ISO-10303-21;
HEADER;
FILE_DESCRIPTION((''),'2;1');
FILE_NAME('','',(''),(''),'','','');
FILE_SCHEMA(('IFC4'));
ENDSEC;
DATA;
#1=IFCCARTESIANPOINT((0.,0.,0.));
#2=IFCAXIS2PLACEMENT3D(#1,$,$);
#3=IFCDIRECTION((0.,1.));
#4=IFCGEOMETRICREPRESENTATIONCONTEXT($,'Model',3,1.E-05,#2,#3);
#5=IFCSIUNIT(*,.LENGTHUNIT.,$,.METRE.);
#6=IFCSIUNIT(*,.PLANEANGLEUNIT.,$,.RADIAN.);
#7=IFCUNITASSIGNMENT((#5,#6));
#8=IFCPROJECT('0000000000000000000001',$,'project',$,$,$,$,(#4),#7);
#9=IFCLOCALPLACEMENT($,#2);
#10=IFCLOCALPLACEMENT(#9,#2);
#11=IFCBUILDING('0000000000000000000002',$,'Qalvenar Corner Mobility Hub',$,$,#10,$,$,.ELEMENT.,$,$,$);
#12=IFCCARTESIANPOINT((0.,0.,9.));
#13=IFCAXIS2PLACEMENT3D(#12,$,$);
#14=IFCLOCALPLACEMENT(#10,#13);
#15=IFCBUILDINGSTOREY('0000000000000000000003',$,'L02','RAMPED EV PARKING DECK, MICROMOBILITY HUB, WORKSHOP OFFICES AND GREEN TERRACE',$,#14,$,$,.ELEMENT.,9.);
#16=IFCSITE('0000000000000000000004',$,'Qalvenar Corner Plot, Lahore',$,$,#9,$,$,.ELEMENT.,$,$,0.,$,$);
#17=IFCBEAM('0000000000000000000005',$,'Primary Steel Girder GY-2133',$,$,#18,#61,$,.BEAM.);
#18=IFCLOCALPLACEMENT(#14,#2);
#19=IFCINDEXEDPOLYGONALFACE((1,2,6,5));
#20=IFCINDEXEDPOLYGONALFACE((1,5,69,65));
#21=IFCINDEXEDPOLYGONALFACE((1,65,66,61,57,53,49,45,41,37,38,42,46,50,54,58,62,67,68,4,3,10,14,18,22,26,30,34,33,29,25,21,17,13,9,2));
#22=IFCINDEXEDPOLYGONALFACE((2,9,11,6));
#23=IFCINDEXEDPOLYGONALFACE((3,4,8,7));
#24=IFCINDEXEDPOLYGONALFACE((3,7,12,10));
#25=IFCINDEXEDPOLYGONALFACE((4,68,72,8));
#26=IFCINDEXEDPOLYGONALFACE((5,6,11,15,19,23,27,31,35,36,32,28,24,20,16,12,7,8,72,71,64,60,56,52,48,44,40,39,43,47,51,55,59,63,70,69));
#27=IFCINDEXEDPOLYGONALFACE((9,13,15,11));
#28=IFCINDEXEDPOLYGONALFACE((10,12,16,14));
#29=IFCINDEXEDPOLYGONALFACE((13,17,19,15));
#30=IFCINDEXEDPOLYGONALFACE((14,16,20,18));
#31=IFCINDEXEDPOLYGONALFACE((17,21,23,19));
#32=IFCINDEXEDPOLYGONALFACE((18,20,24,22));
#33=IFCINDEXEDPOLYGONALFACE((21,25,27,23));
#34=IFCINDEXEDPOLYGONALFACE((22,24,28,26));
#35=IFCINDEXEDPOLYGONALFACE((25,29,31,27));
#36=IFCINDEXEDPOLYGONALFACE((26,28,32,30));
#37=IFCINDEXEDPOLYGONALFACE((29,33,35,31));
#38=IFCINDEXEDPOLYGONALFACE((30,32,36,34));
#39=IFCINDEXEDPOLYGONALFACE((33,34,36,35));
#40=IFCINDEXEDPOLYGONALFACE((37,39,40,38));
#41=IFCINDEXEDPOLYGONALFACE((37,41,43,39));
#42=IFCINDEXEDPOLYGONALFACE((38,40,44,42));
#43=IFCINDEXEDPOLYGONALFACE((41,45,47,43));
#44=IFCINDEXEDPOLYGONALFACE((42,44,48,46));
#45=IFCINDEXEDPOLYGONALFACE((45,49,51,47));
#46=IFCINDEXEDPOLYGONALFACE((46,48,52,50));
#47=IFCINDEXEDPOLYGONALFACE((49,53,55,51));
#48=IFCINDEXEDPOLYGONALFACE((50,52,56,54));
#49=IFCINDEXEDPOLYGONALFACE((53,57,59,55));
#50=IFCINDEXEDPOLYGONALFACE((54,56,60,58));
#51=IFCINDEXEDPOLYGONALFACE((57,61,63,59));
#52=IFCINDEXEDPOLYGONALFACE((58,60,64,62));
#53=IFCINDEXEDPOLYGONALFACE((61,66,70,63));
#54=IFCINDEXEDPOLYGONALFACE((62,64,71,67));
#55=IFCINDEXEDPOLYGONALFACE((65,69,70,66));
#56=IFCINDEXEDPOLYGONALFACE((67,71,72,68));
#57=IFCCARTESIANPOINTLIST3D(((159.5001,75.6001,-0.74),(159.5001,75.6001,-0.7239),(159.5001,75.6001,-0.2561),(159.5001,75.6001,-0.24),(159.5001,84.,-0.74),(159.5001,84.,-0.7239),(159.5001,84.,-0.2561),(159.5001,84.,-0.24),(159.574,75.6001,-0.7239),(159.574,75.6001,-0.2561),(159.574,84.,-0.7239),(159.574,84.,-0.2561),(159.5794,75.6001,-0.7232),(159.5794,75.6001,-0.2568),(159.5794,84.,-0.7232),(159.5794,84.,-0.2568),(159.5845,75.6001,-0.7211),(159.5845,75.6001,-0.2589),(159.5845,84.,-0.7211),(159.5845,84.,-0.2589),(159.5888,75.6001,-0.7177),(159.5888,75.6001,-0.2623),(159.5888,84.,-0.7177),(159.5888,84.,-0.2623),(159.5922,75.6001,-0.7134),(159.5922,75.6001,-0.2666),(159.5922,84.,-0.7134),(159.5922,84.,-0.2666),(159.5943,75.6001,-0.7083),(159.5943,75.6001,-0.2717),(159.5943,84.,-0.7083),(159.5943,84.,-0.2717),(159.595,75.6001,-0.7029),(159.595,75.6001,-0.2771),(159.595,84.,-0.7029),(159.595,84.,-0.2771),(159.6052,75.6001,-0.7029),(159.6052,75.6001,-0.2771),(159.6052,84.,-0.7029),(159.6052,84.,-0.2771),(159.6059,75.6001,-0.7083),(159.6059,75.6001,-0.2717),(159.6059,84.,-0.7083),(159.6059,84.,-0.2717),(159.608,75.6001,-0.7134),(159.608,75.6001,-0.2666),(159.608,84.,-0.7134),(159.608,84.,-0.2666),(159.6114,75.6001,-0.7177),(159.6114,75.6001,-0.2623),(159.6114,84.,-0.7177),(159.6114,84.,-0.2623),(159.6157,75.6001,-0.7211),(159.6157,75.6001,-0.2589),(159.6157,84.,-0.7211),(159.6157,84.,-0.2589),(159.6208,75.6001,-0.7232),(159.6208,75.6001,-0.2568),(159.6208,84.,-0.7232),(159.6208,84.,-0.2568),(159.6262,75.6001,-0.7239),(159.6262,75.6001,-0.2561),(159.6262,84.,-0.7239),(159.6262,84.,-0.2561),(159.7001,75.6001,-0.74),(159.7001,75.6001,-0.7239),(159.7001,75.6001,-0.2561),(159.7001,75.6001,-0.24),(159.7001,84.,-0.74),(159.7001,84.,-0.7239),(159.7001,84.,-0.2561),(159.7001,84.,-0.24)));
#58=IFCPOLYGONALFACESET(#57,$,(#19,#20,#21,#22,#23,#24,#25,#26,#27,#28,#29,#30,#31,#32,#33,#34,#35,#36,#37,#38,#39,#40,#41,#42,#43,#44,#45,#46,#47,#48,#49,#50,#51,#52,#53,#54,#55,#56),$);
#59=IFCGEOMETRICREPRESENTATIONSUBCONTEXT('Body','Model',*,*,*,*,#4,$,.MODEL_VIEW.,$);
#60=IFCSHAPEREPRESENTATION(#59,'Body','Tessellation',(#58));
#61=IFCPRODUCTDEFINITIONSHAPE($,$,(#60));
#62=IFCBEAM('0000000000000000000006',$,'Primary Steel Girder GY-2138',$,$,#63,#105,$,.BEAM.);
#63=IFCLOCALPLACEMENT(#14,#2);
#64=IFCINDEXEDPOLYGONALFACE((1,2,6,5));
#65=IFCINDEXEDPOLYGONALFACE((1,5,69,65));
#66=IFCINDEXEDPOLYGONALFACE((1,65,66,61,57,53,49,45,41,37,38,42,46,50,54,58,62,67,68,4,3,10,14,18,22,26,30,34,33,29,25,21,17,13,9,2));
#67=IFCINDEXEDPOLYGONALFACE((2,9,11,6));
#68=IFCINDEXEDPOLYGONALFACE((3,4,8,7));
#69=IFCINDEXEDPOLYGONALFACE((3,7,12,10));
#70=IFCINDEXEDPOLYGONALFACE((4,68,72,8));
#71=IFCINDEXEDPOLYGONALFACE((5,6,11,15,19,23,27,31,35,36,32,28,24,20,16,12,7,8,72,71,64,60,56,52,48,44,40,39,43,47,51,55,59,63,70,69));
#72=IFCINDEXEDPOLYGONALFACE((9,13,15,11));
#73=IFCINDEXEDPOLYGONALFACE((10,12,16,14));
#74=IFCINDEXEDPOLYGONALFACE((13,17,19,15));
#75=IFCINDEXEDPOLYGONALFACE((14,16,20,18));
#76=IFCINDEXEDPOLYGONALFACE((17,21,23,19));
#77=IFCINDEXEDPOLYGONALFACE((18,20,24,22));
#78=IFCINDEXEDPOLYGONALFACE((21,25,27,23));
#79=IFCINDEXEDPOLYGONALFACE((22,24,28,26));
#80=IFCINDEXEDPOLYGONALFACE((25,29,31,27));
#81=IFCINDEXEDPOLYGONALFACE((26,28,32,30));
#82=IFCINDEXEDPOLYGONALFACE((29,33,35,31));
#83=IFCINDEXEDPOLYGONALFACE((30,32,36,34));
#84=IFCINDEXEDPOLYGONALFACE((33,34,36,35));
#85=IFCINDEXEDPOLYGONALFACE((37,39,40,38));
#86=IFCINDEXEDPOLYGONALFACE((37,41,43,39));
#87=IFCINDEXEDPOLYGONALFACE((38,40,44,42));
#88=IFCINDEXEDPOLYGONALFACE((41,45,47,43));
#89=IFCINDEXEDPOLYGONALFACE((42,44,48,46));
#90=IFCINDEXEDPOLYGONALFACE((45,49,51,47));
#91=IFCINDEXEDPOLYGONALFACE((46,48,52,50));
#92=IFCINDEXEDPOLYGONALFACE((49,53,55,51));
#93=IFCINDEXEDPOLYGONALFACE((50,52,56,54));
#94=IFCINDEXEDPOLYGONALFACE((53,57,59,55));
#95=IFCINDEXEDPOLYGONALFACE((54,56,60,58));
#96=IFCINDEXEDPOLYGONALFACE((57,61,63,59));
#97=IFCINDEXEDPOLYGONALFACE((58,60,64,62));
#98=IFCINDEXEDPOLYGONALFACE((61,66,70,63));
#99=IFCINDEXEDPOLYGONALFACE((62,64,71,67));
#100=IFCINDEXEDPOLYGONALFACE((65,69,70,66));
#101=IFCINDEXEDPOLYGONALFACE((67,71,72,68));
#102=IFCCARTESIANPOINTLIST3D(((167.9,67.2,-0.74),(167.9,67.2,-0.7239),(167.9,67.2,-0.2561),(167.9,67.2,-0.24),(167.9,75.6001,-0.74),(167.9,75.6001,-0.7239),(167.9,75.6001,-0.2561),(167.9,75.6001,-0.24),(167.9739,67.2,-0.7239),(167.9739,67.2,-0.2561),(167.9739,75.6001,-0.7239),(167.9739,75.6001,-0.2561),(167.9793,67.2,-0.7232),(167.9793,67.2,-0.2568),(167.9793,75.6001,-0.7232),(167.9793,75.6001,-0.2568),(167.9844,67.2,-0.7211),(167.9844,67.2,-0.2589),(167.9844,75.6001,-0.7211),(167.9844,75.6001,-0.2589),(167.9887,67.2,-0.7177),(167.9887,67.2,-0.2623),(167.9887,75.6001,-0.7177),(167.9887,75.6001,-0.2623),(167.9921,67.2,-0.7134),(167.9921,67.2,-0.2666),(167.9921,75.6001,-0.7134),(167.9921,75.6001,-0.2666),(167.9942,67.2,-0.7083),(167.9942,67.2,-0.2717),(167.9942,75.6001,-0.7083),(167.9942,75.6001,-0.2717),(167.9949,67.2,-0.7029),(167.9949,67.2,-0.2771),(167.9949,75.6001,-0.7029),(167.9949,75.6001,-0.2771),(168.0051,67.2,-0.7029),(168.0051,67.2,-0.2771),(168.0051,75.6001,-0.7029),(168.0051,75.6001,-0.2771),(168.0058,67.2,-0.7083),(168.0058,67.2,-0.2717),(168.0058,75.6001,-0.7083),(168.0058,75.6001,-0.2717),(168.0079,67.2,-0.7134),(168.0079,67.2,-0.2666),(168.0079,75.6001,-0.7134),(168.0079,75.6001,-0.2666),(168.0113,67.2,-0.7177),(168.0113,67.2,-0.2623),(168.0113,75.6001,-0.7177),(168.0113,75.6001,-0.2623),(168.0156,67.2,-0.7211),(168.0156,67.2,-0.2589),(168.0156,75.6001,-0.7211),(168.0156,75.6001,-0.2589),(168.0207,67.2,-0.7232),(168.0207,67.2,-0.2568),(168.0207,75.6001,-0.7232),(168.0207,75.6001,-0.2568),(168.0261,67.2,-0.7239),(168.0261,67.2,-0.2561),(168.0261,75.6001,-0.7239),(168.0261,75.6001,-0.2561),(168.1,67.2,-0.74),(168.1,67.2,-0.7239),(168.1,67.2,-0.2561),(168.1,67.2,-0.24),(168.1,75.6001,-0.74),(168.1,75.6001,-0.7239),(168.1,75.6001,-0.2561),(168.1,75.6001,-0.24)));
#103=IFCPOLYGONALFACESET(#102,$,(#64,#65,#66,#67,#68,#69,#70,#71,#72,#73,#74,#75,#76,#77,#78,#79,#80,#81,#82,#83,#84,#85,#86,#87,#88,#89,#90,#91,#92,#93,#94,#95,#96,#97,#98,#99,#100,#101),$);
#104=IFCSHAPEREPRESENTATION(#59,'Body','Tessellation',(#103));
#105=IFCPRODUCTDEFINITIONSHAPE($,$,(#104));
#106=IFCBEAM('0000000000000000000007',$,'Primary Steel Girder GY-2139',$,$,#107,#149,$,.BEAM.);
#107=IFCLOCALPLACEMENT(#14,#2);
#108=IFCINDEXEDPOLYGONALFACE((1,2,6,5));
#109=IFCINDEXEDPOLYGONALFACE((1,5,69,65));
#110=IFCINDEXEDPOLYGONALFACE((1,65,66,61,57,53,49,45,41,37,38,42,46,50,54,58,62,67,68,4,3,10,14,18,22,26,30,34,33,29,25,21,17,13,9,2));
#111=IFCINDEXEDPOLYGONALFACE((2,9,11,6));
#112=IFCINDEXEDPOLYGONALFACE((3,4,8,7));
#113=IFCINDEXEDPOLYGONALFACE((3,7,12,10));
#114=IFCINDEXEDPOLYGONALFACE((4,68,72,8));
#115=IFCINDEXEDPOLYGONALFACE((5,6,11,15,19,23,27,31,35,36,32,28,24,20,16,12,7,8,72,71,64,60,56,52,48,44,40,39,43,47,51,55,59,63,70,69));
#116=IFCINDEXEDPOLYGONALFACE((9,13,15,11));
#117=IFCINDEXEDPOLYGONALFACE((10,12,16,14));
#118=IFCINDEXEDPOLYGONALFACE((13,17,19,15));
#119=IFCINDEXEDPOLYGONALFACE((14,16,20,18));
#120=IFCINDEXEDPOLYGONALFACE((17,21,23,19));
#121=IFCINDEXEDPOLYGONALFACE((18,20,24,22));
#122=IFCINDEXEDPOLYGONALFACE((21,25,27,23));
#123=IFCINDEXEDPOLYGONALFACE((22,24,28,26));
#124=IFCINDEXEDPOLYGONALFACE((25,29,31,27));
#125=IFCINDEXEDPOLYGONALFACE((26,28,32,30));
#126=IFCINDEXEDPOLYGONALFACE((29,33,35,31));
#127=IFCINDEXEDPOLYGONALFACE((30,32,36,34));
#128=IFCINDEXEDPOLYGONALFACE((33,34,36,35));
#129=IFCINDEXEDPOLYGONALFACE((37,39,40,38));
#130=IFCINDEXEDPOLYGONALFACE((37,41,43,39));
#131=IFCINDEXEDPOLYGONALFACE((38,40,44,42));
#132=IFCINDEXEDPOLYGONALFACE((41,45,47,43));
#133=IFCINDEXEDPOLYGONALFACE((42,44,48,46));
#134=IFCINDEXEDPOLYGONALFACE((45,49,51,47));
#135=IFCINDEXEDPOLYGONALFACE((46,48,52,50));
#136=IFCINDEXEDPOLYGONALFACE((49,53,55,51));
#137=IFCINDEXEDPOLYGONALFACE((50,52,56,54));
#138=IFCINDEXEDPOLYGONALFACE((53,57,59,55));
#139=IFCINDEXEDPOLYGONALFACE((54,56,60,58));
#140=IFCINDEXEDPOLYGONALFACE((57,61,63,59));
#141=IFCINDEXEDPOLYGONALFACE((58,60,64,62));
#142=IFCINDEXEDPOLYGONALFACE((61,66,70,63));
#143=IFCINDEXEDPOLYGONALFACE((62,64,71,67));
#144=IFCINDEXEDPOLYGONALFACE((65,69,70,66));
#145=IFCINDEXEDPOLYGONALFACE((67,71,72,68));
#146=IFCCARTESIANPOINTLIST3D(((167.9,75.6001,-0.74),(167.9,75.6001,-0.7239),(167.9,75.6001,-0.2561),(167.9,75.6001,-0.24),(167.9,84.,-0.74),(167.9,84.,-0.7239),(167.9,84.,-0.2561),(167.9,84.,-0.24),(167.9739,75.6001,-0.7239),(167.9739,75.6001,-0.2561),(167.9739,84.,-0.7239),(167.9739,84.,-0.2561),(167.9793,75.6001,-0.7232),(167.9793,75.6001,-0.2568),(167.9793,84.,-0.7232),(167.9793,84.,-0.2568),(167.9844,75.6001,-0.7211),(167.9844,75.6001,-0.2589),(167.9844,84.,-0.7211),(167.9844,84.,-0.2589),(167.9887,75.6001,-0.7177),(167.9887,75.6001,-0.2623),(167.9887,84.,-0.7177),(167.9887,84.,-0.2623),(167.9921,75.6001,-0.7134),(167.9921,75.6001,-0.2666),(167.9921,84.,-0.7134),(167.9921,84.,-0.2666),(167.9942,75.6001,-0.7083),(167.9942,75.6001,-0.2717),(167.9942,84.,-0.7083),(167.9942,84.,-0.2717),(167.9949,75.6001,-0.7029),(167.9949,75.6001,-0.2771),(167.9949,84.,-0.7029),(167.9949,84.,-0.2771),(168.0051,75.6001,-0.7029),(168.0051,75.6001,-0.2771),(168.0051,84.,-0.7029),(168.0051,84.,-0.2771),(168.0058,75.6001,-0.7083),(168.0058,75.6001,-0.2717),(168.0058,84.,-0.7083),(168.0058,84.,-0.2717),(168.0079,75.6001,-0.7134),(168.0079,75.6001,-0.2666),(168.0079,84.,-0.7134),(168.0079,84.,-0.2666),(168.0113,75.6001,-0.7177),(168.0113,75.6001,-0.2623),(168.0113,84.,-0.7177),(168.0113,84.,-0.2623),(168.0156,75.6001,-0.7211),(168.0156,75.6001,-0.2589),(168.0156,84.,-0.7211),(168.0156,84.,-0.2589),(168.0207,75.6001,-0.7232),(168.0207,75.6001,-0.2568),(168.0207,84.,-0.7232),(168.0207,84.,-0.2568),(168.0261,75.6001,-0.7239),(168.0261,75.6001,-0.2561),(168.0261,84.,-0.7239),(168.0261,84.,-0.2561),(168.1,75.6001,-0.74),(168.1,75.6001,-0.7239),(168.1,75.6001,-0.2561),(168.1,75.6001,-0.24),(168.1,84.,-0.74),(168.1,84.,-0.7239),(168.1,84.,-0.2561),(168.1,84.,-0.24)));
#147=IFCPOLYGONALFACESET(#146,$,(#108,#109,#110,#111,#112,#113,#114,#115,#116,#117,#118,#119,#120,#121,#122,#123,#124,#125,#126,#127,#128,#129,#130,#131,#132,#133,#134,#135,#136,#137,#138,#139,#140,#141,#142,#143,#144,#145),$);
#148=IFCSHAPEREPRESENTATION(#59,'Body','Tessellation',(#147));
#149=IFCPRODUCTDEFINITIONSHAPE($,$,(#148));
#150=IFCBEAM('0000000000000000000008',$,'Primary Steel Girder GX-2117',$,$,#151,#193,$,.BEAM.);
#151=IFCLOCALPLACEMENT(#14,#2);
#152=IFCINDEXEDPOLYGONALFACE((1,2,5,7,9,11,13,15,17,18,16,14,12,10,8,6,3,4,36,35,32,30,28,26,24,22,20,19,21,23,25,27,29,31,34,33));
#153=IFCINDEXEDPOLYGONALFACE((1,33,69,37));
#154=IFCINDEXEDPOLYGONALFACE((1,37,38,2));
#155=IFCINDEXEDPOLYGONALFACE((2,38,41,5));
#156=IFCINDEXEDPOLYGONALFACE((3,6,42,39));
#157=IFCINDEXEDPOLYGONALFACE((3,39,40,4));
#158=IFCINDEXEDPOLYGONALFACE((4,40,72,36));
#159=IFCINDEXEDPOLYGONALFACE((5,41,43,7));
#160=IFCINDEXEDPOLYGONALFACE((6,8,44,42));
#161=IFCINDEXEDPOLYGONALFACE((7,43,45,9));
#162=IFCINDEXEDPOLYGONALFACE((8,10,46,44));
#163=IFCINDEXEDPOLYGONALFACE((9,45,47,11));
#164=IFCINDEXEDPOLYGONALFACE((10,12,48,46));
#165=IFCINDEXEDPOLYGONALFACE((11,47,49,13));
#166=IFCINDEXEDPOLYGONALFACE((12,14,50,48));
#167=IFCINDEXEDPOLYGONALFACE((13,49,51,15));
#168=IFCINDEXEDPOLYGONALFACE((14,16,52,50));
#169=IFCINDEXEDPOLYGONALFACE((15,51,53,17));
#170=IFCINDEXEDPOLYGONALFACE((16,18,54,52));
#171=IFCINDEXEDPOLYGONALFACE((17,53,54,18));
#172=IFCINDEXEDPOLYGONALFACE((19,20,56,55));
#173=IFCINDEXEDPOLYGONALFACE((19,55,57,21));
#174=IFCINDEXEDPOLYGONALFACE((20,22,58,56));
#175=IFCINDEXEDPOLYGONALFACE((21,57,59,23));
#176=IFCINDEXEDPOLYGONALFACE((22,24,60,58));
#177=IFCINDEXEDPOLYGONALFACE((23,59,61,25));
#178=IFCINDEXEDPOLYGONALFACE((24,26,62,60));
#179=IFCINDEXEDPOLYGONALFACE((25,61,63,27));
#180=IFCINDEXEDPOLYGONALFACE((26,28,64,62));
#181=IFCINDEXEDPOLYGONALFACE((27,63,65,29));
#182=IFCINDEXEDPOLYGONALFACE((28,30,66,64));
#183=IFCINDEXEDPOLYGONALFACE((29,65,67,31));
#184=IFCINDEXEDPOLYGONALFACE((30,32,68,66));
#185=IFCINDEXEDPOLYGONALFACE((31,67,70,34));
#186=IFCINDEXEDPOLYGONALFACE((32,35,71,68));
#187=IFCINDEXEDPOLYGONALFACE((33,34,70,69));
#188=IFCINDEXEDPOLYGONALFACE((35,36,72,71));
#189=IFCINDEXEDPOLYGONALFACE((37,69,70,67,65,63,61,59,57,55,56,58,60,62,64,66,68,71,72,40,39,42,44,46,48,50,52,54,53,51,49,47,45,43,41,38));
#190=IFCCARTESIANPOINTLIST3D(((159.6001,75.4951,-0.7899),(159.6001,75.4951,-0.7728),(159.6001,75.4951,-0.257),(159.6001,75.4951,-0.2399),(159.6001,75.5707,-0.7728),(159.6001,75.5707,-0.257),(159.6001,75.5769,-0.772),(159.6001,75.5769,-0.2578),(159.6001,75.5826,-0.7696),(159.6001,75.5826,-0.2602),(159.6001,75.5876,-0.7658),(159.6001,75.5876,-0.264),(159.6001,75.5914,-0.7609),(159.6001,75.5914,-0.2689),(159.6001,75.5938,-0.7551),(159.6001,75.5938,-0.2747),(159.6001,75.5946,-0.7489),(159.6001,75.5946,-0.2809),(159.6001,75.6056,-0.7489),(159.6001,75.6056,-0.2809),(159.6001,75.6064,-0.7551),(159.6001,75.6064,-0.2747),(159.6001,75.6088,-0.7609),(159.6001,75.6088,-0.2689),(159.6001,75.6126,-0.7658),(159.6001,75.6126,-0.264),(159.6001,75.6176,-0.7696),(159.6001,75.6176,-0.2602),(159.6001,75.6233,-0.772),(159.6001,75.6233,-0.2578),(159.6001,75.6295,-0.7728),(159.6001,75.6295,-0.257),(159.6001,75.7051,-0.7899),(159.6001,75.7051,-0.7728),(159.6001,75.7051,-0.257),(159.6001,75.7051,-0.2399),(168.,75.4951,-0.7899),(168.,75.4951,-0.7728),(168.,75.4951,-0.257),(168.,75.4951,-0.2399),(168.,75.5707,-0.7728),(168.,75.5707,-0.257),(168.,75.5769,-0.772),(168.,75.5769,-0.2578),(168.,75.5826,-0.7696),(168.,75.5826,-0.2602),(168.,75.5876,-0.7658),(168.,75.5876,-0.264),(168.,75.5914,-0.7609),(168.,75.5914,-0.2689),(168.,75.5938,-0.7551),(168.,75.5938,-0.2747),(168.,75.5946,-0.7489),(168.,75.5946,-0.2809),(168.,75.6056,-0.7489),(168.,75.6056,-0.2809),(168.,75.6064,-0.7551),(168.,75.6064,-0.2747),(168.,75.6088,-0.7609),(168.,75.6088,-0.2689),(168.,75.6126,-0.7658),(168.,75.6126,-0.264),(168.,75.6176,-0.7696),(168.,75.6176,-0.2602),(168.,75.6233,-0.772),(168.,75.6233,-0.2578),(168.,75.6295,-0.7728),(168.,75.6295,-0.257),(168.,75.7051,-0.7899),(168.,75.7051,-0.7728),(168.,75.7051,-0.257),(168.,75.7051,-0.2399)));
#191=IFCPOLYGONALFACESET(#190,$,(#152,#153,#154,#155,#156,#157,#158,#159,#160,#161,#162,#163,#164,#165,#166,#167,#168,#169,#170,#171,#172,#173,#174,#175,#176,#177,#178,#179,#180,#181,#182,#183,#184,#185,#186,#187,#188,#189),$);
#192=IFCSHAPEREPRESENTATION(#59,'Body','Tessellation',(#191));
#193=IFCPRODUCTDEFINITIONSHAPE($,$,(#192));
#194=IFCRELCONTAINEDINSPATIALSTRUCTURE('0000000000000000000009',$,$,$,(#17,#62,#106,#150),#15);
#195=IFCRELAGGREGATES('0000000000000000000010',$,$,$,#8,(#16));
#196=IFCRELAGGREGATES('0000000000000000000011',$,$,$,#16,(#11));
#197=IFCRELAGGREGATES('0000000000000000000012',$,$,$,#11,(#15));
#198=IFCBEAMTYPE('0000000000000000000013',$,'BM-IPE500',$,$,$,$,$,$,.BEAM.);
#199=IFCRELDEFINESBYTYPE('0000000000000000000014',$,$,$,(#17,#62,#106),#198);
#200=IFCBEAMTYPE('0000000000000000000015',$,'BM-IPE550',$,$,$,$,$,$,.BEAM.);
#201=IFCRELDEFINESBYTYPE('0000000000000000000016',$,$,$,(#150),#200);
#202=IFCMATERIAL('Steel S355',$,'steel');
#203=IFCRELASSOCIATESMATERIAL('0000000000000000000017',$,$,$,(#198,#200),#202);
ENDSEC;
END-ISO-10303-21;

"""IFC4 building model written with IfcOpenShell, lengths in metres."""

from ifc_helpers import new_model, si_unit, direction, frame, origin, origin_2d, place, context, subcontext, project, spatial, i_section, extrude, material, material_profile, profile_set, type_object, element, save


model = new_model("IFC4")

# Units and contexts
model_context = context("Model", 3, precision=1e-05, world=origin(), true_north=direction((0.0, 1.0)))
body_context = subcontext(model_context, "Body", "Model", "MODEL_VIEW")
ifc_project = project(units=[si_unit("LENGTHUNIT", "METRE"), si_unit("PLANEANGLEUNIT", "RADIAN")], contexts=[model_context])

# Site, building, storey
site_placement = place(None, origin())
site = spatial("IfcSite", under=ifc_project, at=site_placement, Name="Qalvenar Corner Plot, Lahore", CompositionType="ELEMENT", RefElevation=0.0)
building_placement = place(site_placement, origin())
building = spatial("IfcBuilding", under=site, at=building_placement, Name="Qalvenar Corner Mobility Hub", CompositionType="ELEMENT")
storey_placement = place(building_placement, frame((0.0, 0.0, 9.0)))
storey = spatial("IfcBuildingStorey", under=building, at=storey_placement, Name="L02", Description="RAMPED EV PARKING DECK, MICROMOBILITY HUB, WORKSHOP OFFICES AND GREEN TERRACE", CompositionType="ELEMENT", Elevation=9.0)

# Shared definitions
ifc_material_1 = material(Name="Steel S355", Category="steel")

# Beams
ifc_material_profile_1 = material_profile(ifc_material_1, i_section(OverallWidth=0.2, OverallDepth=0.5, WebThickness=0.0103, FlangeThickness=0.0161, FilletRadius=0.021, at=origin_2d()), Name="IPE500")
ifc_profile_set_1 = profile_set([ifc_material_profile_1], Name="Steel S355")
beam_type_1 = type_object("IfcBeamType", Name="BM-IPE500", PredefinedType="BEAM", material=ifc_profile_set_1)
beam_1_placement = place(storey_placement, frame((159.6001, 75.6001, -0.49), z_axis=(0.0, 1.0, 0.0), x_axis=(-1.0, 0.0, 0.0)))
element("IfcBeam", 1, at=beam_1_placement, inside=storey, type_object=beam_type_1, Name="Primary Steel Girder GY-2133", PredefinedType="BEAM", context=body_context, shape_type="SweptSolid", body=[
    extrude(i_section(OverallWidth=0.2, OverallDepth=0.5, WebThickness=0.0103, FlangeThickness=0.0161, FilletRadius=0.021, at=origin_2d()), origin(), (0.0, 0.0, 1.0), 8.3999),
])
beam_2_placement = place(storey_placement, frame((168.0, 67.2, -0.49), z_axis=(0.0, 1.0, 0.0), x_axis=(-1.0, 0.0, 0.0)))
element("IfcBeam", 2, at=beam_2_placement, inside=storey, type_object=beam_type_1, Name="Primary Steel Girder GY-2138", PredefinedType="BEAM", context=body_context, shape_type="SweptSolid", body=[
    extrude(i_section(OverallWidth=0.2, OverallDepth=0.5, WebThickness=0.0103, FlangeThickness=0.0161, FilletRadius=0.021, at=origin_2d()), origin(), (0.0, 0.0, 1.0), 8.4001),
])
beam_3_placement = place(storey_placement, frame((168.0, 75.6001, -0.49), z_axis=(0.0, 1.0, 0.0), x_axis=(-1.0, 0.0, 0.0)))
element("IfcBeam", 3, at=beam_3_placement, inside=storey, type_object=beam_type_1, Name="Primary Steel Girder GY-2139", PredefinedType="BEAM", context=body_context, shape_type="SweptSolid", body=[
    extrude(i_section(OverallWidth=0.2, OverallDepth=0.5, WebThickness=0.0103, FlangeThickness=0.0161, FilletRadius=0.021, at=origin_2d()), origin(), (0.0, 0.0, 1.0), 8.3999),
])
ifc_material_profile_2 = material_profile(ifc_material_1, i_section(OverallWidth=0.21, OverallDepth=0.55, WebThickness=0.011, FlangeThickness=0.0171, FilletRadius=0.0239, at=origin_2d()), Name="IPE550")
ifc_profile_set_2 = profile_set([ifc_material_profile_2], Name="Steel S355")
beam_type_2 = type_object("IfcBeamType", Name="BM-IPE550", PredefinedType="BEAM", material=ifc_profile_set_2)
beam_4_placement = place(storey_placement, frame((159.6001, 75.6001, -0.5149), z_axis=(1.0, 0.0, 0.0), x_axis=(0.0, 1.0, 0.0)))
element("IfcBeam", 4, at=beam_4_placement, inside=storey, type_object=beam_type_2, Name="Primary Steel Girder GX-2117", PredefinedType="BEAM", context=body_context, shape_type="SweptSolid", body=[
    extrude(i_section(OverallWidth=0.21, OverallDepth=0.55, WebThickness=0.011, FlangeThickness=0.0171, FilletRadius=0.0239, at=origin_2d()), origin(), (0.0, 0.0, 1.0), 8.3999),
])

save(model, "model.ifc")
